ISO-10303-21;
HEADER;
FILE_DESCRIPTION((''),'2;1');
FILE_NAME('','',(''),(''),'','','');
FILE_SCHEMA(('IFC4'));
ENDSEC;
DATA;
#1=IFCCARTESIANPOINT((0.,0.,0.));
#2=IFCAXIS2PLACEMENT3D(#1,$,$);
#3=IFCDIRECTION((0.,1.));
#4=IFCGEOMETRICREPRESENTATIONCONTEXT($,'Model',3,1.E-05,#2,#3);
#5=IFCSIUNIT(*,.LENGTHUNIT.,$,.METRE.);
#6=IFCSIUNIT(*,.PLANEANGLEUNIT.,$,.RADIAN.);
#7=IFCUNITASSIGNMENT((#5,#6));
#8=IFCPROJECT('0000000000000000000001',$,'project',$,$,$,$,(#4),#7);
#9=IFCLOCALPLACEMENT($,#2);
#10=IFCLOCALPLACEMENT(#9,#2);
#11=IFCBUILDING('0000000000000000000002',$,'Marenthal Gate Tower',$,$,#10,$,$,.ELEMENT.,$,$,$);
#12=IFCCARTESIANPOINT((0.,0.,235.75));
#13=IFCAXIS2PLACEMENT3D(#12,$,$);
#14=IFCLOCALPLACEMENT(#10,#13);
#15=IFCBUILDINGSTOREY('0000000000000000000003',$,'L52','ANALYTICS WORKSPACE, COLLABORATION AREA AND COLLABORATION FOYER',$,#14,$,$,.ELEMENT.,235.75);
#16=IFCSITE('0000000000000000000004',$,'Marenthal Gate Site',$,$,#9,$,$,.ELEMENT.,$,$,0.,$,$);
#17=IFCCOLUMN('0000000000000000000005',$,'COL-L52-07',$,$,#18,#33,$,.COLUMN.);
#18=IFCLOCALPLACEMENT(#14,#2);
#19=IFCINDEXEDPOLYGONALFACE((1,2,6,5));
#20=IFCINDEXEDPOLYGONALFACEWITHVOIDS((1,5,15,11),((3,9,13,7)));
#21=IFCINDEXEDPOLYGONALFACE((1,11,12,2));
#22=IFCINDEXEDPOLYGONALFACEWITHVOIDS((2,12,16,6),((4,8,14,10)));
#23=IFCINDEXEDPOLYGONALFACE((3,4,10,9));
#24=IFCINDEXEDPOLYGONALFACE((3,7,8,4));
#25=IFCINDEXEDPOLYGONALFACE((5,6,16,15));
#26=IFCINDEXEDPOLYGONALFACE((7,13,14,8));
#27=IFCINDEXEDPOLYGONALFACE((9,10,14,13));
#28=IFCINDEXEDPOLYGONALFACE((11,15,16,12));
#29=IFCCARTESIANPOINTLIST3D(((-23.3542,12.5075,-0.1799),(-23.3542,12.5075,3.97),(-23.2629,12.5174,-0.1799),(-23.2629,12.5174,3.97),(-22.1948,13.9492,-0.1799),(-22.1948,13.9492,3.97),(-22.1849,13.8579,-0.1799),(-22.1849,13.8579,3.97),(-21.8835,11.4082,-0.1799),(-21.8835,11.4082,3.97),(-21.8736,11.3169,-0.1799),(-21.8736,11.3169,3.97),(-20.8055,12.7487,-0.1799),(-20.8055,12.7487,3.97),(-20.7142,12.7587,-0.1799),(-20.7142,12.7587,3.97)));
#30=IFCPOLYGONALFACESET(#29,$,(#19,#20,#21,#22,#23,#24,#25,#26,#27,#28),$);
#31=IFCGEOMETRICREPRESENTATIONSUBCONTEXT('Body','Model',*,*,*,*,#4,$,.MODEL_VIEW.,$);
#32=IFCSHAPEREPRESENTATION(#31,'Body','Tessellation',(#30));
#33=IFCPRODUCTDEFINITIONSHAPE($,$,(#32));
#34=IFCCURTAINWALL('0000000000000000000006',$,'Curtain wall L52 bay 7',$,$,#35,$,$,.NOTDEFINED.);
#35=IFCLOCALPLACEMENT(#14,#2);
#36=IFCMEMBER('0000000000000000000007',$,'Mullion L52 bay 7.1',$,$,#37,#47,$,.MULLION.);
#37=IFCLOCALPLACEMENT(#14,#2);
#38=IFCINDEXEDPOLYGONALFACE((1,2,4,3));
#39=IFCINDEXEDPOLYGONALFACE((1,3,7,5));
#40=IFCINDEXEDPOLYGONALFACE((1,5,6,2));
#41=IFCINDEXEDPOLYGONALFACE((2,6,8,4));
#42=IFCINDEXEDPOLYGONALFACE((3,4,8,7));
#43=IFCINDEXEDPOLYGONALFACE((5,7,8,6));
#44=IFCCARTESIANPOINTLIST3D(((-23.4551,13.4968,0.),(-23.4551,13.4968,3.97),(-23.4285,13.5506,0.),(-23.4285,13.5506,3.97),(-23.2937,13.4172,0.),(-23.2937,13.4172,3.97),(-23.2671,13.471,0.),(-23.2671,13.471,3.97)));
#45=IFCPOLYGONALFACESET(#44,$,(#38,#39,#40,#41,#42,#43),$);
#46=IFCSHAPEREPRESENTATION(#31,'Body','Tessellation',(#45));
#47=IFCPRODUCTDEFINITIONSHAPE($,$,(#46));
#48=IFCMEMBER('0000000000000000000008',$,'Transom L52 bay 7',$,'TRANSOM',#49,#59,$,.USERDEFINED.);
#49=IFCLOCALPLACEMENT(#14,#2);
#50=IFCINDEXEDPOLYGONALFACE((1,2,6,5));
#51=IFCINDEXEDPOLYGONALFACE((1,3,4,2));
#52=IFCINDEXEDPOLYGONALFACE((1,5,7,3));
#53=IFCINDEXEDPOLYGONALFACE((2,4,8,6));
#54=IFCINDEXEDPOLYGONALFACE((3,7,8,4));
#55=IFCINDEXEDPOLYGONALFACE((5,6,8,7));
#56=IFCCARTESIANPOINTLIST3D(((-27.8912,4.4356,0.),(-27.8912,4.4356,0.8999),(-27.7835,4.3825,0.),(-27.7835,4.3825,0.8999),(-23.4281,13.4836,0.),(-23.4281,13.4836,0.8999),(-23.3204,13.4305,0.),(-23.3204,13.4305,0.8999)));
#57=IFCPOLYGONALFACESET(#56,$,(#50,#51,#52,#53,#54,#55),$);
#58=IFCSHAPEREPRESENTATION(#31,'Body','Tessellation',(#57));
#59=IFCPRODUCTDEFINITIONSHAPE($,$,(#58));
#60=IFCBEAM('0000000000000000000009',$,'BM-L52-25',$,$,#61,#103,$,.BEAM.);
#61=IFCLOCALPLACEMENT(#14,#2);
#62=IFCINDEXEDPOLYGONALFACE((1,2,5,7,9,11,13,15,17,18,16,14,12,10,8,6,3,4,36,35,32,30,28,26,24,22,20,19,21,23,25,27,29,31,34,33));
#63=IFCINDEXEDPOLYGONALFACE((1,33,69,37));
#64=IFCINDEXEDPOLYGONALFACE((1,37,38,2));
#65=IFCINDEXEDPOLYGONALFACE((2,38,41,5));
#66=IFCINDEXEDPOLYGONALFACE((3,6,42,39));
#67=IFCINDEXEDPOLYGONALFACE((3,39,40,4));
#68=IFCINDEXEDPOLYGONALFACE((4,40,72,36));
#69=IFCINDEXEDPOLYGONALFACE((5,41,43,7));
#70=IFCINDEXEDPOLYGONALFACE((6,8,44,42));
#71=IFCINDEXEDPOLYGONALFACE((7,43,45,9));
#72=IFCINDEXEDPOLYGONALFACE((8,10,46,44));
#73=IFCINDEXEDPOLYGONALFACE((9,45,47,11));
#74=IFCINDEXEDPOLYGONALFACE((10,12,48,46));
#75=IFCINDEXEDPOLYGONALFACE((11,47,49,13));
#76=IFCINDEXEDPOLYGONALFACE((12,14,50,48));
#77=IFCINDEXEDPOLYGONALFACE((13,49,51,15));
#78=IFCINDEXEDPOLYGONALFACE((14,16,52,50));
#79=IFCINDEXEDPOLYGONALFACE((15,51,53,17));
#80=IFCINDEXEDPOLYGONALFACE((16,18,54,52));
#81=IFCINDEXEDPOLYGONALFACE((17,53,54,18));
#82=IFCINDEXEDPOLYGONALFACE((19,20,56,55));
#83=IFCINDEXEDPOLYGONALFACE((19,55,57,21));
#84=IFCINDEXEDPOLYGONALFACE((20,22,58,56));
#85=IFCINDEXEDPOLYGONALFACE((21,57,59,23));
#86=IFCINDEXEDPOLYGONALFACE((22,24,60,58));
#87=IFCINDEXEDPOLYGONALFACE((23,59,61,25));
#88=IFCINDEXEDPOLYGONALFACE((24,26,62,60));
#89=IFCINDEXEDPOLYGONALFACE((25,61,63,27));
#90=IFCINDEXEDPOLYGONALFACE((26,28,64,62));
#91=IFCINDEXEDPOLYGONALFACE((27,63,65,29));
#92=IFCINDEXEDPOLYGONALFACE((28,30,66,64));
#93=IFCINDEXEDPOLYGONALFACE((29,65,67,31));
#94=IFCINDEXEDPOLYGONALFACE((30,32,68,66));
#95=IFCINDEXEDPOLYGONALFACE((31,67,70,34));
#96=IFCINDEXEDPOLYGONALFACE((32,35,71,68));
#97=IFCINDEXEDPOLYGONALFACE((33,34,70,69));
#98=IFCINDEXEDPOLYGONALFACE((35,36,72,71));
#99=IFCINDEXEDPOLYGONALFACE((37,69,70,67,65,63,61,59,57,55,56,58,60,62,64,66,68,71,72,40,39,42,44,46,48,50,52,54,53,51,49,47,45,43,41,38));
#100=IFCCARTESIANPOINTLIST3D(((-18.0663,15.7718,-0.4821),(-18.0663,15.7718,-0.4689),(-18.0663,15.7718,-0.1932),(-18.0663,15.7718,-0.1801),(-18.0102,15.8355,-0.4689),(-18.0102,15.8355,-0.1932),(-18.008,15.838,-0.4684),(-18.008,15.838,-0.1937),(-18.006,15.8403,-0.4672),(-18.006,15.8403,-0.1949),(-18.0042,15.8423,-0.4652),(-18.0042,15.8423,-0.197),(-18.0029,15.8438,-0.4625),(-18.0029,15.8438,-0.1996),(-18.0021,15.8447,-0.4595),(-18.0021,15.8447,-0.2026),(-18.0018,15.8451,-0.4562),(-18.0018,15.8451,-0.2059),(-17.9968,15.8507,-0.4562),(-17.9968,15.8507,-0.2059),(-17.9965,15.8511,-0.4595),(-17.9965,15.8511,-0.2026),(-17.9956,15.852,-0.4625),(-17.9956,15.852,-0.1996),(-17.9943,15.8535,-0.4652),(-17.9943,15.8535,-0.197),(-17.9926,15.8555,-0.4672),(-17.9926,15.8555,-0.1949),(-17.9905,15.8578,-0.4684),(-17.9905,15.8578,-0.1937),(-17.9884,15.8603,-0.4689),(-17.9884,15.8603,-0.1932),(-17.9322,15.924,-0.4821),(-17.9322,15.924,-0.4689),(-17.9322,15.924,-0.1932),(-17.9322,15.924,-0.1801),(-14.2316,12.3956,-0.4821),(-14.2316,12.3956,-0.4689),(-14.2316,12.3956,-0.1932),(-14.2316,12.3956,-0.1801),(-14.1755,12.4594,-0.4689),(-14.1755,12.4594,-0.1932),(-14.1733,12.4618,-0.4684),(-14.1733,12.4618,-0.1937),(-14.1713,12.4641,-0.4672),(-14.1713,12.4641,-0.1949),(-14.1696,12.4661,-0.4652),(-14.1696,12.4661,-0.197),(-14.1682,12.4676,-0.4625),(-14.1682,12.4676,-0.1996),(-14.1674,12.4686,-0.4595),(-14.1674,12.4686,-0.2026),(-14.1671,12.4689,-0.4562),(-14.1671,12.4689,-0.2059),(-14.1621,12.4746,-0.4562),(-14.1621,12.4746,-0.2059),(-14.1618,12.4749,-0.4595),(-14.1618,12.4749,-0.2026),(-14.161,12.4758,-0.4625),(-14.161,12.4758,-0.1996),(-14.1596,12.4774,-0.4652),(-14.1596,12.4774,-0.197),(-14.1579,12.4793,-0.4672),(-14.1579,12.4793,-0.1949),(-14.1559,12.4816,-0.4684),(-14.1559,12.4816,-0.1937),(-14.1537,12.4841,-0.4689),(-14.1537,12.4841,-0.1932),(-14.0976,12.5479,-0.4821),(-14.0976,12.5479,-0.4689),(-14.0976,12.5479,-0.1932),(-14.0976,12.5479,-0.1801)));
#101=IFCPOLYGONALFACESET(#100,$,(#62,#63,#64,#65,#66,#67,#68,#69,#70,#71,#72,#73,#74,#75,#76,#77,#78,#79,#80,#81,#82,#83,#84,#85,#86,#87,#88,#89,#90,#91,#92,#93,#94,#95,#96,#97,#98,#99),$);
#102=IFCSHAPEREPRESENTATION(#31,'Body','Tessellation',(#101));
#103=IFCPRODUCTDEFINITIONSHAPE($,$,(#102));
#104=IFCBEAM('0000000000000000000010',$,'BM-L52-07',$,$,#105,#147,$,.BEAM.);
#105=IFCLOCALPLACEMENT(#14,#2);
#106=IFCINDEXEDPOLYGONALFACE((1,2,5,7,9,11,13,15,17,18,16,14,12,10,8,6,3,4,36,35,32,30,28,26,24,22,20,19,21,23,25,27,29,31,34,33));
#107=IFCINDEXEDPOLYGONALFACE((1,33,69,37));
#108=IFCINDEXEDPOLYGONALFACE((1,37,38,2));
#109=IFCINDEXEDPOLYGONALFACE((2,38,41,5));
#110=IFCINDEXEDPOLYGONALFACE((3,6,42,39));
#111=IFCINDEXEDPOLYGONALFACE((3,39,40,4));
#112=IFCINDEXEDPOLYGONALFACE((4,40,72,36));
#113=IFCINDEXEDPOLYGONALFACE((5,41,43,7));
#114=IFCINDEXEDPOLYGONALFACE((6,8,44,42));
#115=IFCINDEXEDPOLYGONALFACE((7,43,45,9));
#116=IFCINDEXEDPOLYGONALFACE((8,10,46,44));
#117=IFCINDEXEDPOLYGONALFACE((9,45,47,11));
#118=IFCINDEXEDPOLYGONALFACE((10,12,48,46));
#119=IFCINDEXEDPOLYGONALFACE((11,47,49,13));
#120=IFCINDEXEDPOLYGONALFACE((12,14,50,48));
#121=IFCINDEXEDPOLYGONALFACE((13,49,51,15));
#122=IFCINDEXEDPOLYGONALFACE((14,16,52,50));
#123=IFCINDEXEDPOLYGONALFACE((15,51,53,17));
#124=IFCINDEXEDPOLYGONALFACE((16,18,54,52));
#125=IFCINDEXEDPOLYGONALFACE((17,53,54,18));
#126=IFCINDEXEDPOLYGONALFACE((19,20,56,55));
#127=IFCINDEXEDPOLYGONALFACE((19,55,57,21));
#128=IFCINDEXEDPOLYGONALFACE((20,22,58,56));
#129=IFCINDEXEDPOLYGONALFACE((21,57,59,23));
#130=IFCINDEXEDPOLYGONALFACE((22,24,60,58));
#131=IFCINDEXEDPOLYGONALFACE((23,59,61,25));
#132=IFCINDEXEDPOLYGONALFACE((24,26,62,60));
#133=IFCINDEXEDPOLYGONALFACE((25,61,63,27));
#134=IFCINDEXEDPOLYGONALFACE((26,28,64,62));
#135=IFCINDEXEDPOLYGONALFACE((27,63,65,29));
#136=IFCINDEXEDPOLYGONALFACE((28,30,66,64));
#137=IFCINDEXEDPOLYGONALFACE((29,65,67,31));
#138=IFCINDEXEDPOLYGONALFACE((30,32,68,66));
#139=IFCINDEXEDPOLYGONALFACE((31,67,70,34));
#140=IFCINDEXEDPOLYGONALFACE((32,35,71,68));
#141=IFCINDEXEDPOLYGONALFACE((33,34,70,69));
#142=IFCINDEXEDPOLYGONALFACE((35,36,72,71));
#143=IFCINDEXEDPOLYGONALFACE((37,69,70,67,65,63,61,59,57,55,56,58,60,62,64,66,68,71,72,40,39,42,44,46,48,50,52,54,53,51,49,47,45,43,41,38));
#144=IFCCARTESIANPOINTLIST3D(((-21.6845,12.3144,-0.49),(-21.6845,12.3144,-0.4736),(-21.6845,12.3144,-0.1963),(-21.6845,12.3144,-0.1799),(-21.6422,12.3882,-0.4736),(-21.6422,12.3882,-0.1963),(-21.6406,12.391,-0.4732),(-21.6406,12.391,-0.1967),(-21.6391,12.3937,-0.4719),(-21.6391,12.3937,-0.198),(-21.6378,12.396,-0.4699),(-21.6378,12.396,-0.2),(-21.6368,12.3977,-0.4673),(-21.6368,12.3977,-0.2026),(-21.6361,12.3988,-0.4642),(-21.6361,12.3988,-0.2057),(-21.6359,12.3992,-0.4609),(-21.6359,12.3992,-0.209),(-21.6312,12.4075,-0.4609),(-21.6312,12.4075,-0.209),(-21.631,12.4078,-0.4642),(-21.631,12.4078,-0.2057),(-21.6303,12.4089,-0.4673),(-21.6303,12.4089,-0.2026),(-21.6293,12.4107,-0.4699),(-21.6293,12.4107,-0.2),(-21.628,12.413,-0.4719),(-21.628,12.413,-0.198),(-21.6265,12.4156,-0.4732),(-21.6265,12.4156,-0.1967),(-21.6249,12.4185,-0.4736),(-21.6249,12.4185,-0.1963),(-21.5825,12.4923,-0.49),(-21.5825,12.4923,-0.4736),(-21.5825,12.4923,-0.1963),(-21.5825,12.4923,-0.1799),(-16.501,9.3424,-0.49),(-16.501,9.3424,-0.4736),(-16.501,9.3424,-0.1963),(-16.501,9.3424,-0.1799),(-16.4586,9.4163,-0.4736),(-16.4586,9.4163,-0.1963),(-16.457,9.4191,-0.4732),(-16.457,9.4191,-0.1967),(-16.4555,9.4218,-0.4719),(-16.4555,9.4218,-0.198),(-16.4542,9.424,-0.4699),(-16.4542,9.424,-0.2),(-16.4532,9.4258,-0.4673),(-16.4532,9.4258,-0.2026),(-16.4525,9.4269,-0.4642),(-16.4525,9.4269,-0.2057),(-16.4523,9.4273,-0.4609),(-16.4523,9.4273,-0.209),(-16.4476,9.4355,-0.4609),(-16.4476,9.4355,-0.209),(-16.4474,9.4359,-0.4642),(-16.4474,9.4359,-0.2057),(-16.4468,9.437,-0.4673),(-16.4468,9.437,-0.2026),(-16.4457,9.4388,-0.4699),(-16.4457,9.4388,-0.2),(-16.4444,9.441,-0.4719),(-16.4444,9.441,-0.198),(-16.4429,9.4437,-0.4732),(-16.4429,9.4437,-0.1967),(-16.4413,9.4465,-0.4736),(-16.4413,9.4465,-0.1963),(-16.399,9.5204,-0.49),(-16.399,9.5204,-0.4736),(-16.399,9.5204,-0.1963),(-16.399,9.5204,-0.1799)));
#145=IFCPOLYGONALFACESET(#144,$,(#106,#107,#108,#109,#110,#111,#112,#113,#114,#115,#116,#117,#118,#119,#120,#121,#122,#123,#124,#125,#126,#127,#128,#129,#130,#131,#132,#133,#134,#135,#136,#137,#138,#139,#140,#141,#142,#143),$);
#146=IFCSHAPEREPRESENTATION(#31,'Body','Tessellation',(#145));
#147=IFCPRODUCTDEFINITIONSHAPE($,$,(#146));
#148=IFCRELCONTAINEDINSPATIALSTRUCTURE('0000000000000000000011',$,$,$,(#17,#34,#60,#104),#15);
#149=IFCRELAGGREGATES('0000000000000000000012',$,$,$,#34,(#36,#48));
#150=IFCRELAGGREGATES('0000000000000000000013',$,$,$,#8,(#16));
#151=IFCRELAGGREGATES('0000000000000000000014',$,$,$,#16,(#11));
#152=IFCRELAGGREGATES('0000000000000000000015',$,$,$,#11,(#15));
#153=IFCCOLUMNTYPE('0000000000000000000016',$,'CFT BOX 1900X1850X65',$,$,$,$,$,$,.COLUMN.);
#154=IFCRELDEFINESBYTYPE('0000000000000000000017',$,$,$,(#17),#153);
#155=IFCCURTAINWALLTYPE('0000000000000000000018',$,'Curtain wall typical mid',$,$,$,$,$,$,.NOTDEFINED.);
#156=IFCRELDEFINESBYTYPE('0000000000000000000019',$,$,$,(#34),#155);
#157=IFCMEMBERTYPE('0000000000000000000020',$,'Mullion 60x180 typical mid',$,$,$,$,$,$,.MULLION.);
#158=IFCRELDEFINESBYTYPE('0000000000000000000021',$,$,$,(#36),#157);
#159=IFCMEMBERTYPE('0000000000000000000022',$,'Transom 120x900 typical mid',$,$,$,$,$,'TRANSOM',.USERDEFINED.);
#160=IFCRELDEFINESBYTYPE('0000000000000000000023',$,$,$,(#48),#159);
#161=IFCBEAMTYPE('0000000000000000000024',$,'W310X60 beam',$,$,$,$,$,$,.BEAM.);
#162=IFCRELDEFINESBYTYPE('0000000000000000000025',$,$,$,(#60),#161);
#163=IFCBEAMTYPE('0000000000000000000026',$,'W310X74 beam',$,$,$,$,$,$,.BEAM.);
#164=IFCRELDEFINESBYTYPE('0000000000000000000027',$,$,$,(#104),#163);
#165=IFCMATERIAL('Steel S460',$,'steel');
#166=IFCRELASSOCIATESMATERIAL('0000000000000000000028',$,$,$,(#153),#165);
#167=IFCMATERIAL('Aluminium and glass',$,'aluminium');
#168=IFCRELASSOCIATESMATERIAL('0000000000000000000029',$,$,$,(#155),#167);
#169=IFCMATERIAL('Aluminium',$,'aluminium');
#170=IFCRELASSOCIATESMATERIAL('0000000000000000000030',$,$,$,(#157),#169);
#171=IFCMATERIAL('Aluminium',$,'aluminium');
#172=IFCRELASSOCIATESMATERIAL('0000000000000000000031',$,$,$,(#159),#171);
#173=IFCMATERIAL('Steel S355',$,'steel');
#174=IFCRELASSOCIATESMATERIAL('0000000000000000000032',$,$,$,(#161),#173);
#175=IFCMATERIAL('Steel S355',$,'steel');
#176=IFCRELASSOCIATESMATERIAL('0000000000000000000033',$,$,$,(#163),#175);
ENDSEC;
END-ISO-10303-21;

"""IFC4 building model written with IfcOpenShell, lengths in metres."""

from ifc_helpers import new_model, si_unit, direction, frame, origin, origin_2d, place, context, subcontext, project, spatial, rectangle, hollow_rectangle, i_section, extrude, material, material_profile, profile_set, type_object, element, aggregate, save


model = new_model("IFC4")

# Units and contexts
model_context = context("Model", 3, precision=1e-05, world=origin(), true_north=direction((0.0, 1.0)))
body_context = subcontext(model_context, "Body", "Model", "MODEL_VIEW")
ifc_project = project(units=[si_unit("LENGTHUNIT", "METRE"), si_unit("PLANEANGLEUNIT", "RADIAN")], contexts=[model_context])

# Site, building, storey
site_placement = place(None, origin())
site = spatial("IfcSite", under=ifc_project, at=site_placement, Name="Marenthal Gate Site", CompositionType="ELEMENT", RefElevation=0.0)
building_placement = place(site_placement, origin())
building = spatial("IfcBuilding", under=site, at=building_placement, Name="Marenthal Gate Tower", CompositionType="ELEMENT")
storey_placement = place(building_placement, frame((0.0, 0.0, 235.75)))
storey = spatial("IfcBuildingStorey", under=building, at=storey_placement, Name="L52", Description="ANALYTICS WORKSPACE, COLLABORATION AREA AND COLLABORATION FOYER", CompositionType="ELEMENT", Elevation=235.75)

# Column
ifc_material_1 = material(Name="Steel S460", Category="steel")
ifc_material_profile_1 = material_profile(ifc_material_1, hollow_rectangle(XDim=1.8501, YDim=1.8999, WallThickness=0.0649, at=origin_2d()), Name="CFT BOX 1900X1850X65")
ifc_material_2 = material(Name="Concrete 70 MPa", Category="concrete")
ifc_material_profile_2 = material_profile(ifc_material_2, rectangle(XDim=1.72, YDim=1.77, at=origin_2d()), Name="CFT BOX 1900X1850X65 INFILL")
ifc_profile_set_1 = profile_set([ifc_material_profile_1, ifc_material_profile_2], Name="Steel S460 shell, Concrete 70 MPa infill")
column_type = type_object("IfcColumnType", Name="CFT BOX 1900X1850X65", PredefinedType="COLUMN", material=ifc_profile_set_1)
column_placement = place(storey_placement, frame((-22.0342, 12.6331, -0.1799), z_axis=(0.0, 0.0, 1.0), x_axis=(0.626651, 0.7793, 0.0)))
element("IfcColumn", 1, at=column_placement, inside=storey, type_object=column_type, Name="COL-L52-07", PredefinedType="COLUMN", context=body_context, shape_type="SweptSolid", body=[
    extrude(hollow_rectangle(XDim=1.8501, YDim=1.8999, WallThickness=0.0649, at=origin_2d()), origin(), (0.0, 0.0, 1.0), 4.1499),
])

# Curtain wall, members
ifc_material_3 = material(Name="Aluminium and glass", Category="aluminium")
curtain_wall_type = type_object("IfcCurtainWallType", Name="Curtain wall typical mid", PredefinedType="NOTDEFINED", material=ifc_material_3)
curtain_wall_placement = place(storey_placement, origin())
curtain_wall = element("IfcCurtainWall", 2, at=curtain_wall_placement, inside=storey, type_object=curtain_wall_type, Name="Curtain wall L52 bay 7", PredefinedType="NOTDEFINED")
ifc_material_4 = material(Name="Aluminium", Category="aluminium")
ifc_material_profile_3 = material_profile(ifc_material_4, rectangle(XDim=0.1799, YDim=0.0601, at=origin_2d()), Name="60x180 aluminium mullion")
ifc_profile_set_2 = profile_set([ifc_material_profile_3], Name="Aluminium")
member_type_1 = type_object("IfcMemberType", Name="Mullion 60x180 typical mid", PredefinedType="MULLION", material=ifc_profile_set_2)
member_1_placement = place(storey_placement, frame((-23.3611, 13.4839, 0.0), z_axis=(0.0, 0.0, 1.0), x_axis=(0.896835, -0.442364, 0.0)))
member_1 = element("IfcMember", 3, at=member_1_placement, type_object=member_type_1, Name="Mullion L52 bay 7.1", PredefinedType="MULLION", context=body_context, shape_type="SweptSolid", body=[
    extrude(rectangle(XDim=0.1799, YDim=0.0601, at=origin_2d()), origin(), (0.0, 0.0, 1.0), 3.97),
])
ifc_material_5 = material(Name="Aluminium", Category="aluminium")
ifc_material_profile_4 = material_profile(ifc_material_5, rectangle(XDim=0.1201, YDim=0.8999, at=origin_2d()), Name="120x900 aluminium transom")
ifc_profile_set_3 = profile_set([ifc_material_profile_4], Name="Aluminium")
member_type_2 = type_object("IfcMemberType", Name="Transom 120x900 typical mid", ElementType="TRANSOM", PredefinedType="USERDEFINED", material=ifc_profile_set_3)
member_2_placement = place(storey_placement, frame((-23.3743, 13.457, 0.45), z_axis=(-0.442377, -0.896829, 0.0), x_axis=(0.896829, -0.442377, 0.0)))
member_2 = element("IfcMember", 4, at=member_2_placement, type_object=member_type_2, Name="Transom L52 bay 7", ObjectType="TRANSOM", PredefinedType="USERDEFINED", context=body_context, shape_type="SweptSolid", body=[
    extrude(rectangle(XDim=0.1201, YDim=0.8999, at=origin_2d()), origin(), (0.0, 0.0, 1.0), 10.0889),
])

# Beams
ifc_material_6 = material(Name="Steel S355", Category="steel")
ifc_material_profile_5 = material_profile(ifc_material_6, i_section(OverallWidth=0.2029, OverallDepth=0.302, WebThickness=0.0076, FlangeThickness=0.0132, FilletRadius=0.0127, at=origin_2d()), Name="W310X60")
ifc_profile_set_4 = profile_set([ifc_material_profile_5], Name="Steel S355")
beam_type_1 = type_object("IfcBeamType", Name="W310X60 beam", PredefinedType="BEAM", material=ifc_profile_set_4)
beam_1_placement = place(storey_placement, frame((-17.9993, 15.8479, -0.3311), z_axis=(0.750551, -0.660812, 0.0), x_axis=(0.660812, 0.750551, 0.0)))
element("IfcBeam", 5, at=beam_1_placement, inside=storey, type_object=beam_type_1, Name="BM-L52-25", PredefinedType="BEAM", context=body_context, shape_type="SweptSolid", body=[
    extrude(i_section(OverallWidth=0.2029, OverallDepth=0.302, WebThickness=0.0076, FlangeThickness=0.0132, FilletRadius=0.0127, at=origin_2d()), origin(), (0.0, 0.0, 1.0), 5.1091),
])
ifc_material_7 = material(Name="Steel S355", Category="steel")
ifc_material_profile_6 = material_profile(ifc_material_7, i_section(OverallWidth=0.2051, OverallDepth=0.3101, WebThickness=0.0095, FlangeThickness=0.0164, FilletRadius=0.0127, at=origin_2d()), Name="W310X74")
ifc_profile_set_5 = profile_set([ifc_material_profile_6], Name="Steel S355")
beam_type_2 = type_object("IfcBeamType", Name="W310X74 beam", PredefinedType="BEAM", material=ifc_profile_set_5)
beam_2_placement = place(storey_placement, frame((-21.6335, 12.4033, -0.335), z_axis=(0.867531, -0.497384, 0.0), x_axis=(0.497384, 0.867531, 0.0)))
element("IfcBeam", 6, at=beam_2_placement, inside=storey, type_object=beam_type_2, Name="BM-L52-07", PredefinedType="BEAM", context=body_context, shape_type="SweptSolid", body=[
    extrude(i_section(OverallWidth=0.2051, OverallDepth=0.3101, WebThickness=0.0095, FlangeThickness=0.0164, FilletRadius=0.0127, at=origin_2d()), origin(), (0.0, 0.0, 1.0), 5.9751),
])

aggregate(curtain_wall, [member_1, member_2])

save(model, "model.ifc")
